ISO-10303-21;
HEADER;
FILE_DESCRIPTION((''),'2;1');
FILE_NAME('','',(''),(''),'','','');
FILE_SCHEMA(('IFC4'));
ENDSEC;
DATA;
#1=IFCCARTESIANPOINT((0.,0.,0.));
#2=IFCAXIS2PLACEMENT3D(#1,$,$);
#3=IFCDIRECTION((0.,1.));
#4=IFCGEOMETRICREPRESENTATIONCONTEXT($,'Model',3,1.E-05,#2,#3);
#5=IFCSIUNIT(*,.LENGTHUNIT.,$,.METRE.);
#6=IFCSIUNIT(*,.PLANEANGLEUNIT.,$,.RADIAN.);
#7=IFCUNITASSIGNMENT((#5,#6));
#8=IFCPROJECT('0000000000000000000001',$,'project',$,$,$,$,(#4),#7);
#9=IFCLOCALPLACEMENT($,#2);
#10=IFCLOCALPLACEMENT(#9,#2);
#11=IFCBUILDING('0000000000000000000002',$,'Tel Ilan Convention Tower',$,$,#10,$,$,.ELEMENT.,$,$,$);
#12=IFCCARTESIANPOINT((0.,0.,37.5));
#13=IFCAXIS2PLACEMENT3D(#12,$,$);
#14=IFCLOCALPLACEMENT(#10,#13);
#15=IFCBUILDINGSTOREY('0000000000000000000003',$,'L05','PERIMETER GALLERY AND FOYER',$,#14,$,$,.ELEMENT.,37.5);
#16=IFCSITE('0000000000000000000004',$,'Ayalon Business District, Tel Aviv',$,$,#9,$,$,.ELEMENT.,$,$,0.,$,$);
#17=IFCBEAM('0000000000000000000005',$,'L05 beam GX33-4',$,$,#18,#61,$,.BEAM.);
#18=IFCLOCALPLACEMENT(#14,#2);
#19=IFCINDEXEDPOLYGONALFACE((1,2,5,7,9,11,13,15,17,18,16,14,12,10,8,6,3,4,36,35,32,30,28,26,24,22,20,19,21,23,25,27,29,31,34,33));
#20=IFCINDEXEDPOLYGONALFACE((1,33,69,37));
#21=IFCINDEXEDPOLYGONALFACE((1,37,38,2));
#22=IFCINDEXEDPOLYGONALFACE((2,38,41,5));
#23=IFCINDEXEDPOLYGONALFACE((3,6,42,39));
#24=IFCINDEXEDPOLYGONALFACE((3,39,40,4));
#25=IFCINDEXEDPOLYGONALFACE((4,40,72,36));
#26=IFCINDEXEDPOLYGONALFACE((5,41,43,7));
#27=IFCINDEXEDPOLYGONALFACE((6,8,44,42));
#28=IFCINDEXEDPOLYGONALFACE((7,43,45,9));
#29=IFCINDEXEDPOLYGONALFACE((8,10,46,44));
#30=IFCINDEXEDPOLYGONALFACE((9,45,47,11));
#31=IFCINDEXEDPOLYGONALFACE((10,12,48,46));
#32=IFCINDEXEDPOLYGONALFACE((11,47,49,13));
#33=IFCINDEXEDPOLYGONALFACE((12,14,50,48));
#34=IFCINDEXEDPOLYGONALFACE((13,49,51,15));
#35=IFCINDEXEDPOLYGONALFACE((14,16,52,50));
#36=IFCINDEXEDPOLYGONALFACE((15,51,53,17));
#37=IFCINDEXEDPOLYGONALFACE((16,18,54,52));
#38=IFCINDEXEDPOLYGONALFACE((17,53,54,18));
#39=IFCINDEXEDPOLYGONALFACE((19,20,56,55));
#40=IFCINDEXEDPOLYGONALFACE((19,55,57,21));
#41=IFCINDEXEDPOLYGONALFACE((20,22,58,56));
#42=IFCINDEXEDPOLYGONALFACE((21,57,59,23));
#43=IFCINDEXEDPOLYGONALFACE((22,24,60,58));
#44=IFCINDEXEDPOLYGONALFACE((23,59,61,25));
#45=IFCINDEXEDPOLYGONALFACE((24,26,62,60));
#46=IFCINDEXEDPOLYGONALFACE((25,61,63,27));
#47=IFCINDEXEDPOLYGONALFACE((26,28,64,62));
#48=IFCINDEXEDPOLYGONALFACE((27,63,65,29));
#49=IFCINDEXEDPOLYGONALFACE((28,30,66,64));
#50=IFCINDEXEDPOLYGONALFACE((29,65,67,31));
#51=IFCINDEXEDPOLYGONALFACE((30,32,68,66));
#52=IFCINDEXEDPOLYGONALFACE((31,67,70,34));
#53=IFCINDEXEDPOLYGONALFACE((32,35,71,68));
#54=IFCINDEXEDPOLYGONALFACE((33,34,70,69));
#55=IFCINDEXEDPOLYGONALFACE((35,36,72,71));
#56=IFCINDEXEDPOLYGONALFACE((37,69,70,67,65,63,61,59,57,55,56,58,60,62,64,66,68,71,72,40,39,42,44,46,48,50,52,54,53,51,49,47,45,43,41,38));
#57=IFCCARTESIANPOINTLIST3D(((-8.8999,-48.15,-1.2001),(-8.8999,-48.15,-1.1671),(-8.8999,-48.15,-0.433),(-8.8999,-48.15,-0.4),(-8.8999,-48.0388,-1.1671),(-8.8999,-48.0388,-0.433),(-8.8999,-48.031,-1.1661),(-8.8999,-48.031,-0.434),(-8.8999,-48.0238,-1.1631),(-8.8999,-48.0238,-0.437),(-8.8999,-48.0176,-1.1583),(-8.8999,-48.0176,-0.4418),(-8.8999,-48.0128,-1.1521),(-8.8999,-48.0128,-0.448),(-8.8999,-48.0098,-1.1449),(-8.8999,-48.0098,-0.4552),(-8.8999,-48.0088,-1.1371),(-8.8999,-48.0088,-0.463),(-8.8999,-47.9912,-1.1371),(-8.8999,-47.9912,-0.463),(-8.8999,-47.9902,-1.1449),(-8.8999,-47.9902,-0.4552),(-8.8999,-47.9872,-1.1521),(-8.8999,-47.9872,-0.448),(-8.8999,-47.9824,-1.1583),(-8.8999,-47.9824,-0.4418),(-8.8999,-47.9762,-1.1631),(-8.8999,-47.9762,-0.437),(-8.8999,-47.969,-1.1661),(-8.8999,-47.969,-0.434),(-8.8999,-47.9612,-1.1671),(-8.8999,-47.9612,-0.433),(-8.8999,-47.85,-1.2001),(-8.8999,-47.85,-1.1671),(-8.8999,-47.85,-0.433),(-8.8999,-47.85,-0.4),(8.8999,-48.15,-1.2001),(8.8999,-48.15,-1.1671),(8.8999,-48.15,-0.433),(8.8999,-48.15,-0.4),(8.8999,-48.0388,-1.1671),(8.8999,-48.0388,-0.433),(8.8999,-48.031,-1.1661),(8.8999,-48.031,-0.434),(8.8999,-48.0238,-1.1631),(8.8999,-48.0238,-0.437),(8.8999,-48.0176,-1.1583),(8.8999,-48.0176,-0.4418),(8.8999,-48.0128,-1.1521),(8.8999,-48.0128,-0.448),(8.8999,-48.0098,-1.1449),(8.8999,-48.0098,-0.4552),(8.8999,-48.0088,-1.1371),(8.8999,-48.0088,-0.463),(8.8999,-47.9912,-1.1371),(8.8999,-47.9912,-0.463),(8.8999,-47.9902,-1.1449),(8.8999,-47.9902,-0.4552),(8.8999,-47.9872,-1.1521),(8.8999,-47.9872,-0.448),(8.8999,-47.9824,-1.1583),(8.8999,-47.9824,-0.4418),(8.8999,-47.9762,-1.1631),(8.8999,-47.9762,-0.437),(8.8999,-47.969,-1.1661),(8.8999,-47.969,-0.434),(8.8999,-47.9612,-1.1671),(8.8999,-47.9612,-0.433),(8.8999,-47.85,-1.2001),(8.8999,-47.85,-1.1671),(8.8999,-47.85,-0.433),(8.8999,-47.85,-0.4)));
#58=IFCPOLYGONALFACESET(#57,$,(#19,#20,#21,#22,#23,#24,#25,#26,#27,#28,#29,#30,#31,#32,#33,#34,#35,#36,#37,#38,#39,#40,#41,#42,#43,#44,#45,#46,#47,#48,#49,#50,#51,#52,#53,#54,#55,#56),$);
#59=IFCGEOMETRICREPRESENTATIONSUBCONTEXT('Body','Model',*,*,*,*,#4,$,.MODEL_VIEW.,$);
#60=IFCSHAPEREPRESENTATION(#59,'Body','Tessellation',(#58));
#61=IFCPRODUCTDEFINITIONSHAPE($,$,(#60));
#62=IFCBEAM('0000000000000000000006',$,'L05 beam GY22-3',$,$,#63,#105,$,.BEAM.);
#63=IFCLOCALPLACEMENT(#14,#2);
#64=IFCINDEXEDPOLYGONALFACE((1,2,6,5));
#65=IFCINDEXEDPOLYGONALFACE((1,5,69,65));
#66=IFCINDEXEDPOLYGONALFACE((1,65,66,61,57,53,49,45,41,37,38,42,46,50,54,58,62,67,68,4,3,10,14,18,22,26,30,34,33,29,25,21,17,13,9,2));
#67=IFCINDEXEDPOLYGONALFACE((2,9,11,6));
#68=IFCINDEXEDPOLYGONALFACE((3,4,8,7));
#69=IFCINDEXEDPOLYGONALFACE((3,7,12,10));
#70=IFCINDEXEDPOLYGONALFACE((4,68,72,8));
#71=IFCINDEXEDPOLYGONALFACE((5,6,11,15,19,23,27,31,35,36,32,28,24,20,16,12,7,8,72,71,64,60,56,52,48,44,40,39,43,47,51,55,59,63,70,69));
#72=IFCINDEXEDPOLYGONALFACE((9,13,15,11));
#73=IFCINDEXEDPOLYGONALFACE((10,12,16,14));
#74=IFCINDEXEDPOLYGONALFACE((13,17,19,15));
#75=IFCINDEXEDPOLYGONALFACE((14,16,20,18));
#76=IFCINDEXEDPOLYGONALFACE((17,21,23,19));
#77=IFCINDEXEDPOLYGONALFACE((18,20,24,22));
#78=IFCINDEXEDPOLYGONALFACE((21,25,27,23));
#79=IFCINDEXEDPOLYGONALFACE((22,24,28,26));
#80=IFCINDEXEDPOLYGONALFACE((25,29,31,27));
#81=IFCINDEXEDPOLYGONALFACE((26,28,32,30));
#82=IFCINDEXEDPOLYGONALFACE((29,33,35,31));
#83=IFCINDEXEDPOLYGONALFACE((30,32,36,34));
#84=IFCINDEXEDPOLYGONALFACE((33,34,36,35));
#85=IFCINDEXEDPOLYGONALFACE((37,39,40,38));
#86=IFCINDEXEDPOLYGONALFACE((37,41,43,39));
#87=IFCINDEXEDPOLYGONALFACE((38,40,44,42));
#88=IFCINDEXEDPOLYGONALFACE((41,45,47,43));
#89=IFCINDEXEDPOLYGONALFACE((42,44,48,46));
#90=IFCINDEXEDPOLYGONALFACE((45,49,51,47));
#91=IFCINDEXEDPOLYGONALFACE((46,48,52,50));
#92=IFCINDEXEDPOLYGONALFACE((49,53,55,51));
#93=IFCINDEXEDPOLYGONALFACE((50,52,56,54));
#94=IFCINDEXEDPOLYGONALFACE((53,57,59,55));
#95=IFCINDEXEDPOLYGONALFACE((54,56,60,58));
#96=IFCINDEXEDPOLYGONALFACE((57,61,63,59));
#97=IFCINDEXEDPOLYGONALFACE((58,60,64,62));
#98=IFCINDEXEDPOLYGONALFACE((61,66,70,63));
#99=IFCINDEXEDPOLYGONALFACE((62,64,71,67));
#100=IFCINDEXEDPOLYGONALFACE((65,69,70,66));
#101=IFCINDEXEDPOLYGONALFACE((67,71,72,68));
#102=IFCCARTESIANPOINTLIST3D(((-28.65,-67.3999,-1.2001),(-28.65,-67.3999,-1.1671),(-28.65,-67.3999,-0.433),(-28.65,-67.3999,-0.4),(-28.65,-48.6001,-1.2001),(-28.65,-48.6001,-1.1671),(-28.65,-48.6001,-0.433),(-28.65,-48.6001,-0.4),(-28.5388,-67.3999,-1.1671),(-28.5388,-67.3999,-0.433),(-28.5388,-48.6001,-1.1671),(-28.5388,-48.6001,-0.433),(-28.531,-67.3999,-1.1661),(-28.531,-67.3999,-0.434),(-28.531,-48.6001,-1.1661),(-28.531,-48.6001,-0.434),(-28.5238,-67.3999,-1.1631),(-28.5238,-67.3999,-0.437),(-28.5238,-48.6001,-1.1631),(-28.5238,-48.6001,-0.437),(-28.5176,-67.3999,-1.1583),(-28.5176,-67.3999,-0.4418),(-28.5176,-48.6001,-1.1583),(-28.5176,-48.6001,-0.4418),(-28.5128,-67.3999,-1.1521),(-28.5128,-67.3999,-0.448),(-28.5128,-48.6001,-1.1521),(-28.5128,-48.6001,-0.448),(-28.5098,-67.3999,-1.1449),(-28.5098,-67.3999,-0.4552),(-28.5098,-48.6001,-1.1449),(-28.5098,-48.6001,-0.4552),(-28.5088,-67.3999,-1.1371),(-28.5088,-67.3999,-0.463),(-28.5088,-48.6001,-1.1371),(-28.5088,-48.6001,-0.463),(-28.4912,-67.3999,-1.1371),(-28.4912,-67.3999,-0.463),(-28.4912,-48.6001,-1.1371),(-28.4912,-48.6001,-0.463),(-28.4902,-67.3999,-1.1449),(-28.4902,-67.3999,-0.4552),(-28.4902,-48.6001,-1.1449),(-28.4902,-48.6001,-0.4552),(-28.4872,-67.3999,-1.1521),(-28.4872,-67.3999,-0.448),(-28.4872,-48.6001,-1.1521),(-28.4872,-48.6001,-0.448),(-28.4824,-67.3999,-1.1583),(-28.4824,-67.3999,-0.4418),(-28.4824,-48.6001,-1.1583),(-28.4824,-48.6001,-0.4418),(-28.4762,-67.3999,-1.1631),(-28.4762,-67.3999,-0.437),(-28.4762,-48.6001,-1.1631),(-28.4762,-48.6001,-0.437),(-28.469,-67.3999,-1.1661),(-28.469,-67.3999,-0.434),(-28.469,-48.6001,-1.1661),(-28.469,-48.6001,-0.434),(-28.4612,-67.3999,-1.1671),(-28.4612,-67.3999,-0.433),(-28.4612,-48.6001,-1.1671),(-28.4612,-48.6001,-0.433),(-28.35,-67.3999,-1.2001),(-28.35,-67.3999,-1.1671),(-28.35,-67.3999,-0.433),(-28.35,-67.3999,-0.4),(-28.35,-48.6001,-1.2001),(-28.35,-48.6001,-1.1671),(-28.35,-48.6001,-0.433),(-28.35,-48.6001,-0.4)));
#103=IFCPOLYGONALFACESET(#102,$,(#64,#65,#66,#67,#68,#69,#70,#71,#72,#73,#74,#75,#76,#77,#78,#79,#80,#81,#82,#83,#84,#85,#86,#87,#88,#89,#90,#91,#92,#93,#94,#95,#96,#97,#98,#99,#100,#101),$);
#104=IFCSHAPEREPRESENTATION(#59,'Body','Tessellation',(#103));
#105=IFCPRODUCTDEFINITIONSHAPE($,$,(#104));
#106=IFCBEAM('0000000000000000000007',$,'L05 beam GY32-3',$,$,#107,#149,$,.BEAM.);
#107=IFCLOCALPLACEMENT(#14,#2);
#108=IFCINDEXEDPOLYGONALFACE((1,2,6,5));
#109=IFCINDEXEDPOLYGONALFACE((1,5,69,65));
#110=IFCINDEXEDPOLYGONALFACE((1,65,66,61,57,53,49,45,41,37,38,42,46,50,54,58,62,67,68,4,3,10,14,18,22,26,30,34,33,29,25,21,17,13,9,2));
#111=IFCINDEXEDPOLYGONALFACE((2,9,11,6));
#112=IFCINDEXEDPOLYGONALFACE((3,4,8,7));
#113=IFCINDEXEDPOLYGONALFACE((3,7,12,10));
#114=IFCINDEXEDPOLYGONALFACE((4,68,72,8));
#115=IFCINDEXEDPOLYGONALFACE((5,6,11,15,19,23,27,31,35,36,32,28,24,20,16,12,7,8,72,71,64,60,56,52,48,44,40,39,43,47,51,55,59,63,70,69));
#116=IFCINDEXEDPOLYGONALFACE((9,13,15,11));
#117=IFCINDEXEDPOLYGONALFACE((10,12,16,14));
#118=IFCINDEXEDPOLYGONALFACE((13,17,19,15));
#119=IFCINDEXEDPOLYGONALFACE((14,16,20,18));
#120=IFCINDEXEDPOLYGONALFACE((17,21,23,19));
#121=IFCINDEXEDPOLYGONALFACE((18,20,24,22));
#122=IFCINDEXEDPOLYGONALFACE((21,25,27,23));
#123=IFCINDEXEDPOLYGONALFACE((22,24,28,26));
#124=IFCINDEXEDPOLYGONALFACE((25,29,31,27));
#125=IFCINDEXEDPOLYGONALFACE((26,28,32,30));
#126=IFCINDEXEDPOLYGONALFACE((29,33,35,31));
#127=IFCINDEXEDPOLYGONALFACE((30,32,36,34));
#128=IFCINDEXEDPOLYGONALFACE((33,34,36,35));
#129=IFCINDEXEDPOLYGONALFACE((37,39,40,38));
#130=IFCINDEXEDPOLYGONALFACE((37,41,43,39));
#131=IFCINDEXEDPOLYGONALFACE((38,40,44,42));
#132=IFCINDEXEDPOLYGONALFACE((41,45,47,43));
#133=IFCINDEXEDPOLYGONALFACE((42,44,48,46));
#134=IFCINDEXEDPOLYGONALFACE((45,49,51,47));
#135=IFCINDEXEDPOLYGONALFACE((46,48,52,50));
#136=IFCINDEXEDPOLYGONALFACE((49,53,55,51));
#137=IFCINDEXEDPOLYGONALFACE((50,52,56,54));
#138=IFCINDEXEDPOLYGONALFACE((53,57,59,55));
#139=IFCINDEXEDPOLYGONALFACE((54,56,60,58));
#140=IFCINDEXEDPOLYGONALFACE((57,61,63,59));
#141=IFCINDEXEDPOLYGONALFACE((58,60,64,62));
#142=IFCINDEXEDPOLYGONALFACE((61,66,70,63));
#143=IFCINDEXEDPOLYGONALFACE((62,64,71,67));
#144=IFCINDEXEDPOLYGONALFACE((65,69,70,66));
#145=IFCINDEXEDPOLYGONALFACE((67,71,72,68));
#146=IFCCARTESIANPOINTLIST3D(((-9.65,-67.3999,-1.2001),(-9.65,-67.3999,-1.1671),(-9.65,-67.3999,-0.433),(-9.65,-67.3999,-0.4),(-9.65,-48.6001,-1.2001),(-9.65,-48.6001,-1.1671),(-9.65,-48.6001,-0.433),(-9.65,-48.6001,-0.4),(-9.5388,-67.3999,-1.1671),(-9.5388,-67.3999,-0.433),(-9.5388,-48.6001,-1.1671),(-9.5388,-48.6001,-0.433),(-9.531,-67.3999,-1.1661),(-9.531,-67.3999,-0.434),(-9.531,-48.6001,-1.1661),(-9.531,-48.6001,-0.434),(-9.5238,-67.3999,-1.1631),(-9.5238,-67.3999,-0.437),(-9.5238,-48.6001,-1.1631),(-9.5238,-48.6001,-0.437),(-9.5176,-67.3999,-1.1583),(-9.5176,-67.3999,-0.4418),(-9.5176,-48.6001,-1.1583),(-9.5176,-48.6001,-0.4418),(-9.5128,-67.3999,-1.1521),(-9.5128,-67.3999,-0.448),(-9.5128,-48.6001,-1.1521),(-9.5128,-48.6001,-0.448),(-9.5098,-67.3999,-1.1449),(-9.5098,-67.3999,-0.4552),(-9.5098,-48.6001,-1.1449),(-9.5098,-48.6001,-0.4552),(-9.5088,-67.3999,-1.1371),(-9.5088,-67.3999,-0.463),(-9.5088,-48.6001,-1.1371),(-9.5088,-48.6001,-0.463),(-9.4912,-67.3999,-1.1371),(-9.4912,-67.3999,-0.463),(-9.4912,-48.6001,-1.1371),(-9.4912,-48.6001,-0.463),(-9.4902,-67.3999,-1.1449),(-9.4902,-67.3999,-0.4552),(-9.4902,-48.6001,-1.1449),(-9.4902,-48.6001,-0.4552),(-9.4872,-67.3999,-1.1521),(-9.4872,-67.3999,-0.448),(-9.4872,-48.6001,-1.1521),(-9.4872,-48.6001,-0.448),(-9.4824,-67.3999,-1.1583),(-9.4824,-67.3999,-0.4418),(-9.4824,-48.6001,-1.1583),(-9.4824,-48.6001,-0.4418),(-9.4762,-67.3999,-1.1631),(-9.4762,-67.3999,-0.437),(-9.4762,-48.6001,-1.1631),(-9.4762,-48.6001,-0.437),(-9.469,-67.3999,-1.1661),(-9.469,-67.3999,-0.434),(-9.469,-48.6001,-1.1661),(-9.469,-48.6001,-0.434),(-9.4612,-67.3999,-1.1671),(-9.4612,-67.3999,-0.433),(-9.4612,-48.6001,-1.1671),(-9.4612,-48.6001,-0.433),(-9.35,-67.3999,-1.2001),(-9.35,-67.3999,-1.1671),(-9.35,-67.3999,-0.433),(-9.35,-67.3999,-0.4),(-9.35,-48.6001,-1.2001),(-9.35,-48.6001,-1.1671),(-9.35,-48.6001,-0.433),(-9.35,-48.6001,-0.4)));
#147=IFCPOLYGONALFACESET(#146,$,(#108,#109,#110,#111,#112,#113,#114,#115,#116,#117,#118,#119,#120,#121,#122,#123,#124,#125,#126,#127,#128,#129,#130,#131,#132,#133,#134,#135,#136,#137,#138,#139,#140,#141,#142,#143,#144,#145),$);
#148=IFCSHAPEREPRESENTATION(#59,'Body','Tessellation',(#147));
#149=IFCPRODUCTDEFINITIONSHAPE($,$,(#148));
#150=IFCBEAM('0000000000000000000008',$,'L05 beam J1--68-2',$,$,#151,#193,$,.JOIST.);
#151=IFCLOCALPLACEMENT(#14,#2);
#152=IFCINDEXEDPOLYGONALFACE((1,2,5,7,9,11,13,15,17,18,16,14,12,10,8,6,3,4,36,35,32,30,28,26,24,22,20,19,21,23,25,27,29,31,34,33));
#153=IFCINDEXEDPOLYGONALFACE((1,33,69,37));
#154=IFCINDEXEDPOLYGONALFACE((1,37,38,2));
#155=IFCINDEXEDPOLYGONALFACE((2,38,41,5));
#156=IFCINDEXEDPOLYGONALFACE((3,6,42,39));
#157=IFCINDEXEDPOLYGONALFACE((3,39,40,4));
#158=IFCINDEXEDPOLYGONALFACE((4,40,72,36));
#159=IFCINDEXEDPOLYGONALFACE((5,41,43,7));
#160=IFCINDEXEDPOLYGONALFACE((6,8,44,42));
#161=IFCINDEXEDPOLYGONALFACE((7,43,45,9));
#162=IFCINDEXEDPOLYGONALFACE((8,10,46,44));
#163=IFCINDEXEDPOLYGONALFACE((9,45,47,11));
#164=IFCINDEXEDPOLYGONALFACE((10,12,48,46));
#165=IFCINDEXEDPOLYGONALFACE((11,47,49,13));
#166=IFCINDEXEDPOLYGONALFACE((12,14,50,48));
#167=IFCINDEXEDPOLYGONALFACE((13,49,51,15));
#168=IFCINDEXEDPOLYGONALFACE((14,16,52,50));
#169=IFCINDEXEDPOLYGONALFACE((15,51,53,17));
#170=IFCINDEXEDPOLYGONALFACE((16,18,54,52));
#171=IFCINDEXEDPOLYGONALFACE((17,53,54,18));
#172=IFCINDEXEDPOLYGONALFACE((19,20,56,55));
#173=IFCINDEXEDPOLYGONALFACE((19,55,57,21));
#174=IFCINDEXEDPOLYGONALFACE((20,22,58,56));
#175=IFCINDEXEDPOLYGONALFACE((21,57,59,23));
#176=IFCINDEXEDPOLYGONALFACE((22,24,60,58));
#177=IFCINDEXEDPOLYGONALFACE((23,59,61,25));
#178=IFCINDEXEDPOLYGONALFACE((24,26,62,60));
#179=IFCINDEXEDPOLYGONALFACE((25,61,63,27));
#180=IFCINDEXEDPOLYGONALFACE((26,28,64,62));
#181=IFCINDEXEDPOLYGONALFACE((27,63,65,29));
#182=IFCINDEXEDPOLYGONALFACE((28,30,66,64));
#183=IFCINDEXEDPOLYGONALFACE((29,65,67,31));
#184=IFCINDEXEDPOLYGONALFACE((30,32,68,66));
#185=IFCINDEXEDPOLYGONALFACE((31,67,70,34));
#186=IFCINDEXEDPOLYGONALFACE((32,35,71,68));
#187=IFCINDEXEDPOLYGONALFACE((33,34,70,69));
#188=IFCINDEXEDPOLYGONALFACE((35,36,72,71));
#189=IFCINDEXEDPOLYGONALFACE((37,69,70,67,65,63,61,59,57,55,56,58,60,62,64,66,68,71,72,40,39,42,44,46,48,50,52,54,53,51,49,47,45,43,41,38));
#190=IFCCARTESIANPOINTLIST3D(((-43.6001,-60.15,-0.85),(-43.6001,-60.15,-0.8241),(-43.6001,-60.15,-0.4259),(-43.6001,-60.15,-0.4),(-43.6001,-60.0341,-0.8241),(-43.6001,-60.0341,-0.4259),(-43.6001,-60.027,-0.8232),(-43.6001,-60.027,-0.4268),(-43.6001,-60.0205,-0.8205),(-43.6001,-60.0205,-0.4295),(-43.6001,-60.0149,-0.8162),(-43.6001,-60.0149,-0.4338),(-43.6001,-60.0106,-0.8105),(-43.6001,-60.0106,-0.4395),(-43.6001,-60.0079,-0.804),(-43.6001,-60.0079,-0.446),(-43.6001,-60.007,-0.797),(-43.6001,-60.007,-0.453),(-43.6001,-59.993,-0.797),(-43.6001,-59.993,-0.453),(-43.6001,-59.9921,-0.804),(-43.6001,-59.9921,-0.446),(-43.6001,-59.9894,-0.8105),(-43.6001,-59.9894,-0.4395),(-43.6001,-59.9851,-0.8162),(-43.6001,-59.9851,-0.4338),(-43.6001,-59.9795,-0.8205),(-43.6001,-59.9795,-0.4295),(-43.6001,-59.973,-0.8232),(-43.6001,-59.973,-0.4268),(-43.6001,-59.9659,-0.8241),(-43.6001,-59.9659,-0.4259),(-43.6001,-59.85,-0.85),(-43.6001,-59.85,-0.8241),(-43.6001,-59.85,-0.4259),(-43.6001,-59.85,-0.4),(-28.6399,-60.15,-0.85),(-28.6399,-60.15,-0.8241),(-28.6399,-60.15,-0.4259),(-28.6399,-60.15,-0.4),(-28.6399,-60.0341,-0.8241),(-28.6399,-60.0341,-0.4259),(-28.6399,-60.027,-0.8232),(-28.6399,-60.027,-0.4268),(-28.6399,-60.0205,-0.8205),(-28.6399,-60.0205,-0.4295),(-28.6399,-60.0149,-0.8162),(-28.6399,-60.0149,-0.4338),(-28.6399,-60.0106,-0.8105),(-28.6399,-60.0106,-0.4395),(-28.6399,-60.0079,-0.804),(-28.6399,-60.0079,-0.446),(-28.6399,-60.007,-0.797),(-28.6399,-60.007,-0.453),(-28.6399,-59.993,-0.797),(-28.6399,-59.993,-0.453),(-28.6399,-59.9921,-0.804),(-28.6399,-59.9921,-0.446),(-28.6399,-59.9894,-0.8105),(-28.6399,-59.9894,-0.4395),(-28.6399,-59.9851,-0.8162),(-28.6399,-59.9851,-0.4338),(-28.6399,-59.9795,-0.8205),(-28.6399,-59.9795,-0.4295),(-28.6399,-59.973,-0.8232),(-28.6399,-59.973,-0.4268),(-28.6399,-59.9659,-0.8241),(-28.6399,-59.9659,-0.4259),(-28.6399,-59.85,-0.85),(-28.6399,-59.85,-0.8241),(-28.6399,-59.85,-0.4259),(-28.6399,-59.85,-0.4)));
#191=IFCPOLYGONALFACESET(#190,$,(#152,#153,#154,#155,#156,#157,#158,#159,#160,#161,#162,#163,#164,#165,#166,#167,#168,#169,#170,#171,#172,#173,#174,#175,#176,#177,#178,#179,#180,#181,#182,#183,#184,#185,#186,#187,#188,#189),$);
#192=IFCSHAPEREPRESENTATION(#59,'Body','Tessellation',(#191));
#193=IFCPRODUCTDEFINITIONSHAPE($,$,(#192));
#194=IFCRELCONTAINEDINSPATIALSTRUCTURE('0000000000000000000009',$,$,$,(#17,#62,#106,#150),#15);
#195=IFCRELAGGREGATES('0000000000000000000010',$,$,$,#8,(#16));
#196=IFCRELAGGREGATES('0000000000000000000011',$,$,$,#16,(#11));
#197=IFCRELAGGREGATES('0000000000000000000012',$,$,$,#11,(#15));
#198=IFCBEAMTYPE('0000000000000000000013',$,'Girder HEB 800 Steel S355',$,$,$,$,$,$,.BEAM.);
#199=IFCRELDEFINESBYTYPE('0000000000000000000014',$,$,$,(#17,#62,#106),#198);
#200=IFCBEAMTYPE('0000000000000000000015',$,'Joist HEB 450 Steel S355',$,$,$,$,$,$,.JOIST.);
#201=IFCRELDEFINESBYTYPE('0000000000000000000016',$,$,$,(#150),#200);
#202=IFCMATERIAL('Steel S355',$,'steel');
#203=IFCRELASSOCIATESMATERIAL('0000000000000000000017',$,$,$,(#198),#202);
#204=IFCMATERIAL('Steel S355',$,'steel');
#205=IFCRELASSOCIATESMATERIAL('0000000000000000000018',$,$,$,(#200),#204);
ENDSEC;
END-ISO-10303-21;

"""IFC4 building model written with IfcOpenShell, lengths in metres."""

from ifc_helpers import new_model, si_unit, direction, frame, origin, origin_2d, place, context, subcontext, project, spatial, i_section, extrude, material, material_profile, profile_set, type_object, element, save


model = new_model("IFC4")

# Units and contexts
model_context = context("Model", 3, precision=1e-05, world=origin(), true_north=direction((0.0, 1.0)))
body_context = subcontext(model_context, "Body", "Model", "MODEL_VIEW")
ifc_project = project(units=[si_unit("LENGTHUNIT", "METRE"), si_unit("PLANEANGLEUNIT", "RADIAN")], contexts=[model_context])

# Site, building, storey
site_placement = place(None, origin())
site = spatial("IfcSite", under=ifc_project, at=site_placement, Name="Ayalon Business District, Tel Aviv", CompositionType="ELEMENT", RefElevation=0.0)
building_placement = place(site_placement, origin())
building = spatial("IfcBuilding", under=site, at=building_placement, Name="Tel Ilan Convention Tower", CompositionType="ELEMENT")
storey_placement = place(building_placement, frame((0.0, 0.0, 37.5)))
storey = spatial("IfcBuildingStorey", under=building, at=storey_placement, Name="L05", Description="PERIMETER GALLERY AND FOYER", CompositionType="ELEMENT", Elevation=37.5)

# Beams
ifc_material_1 = material(Name="Steel S355", Category="steel")
ifc_material_profile_1 = material_profile(ifc_material_1, i_section(OverallWidth=0.3, OverallDepth=0.8, WebThickness=0.0176, FlangeThickness=0.033, FilletRadius=0.03, at=origin_2d()), Name="HEB 800")
ifc_profile_set_1 = profile_set([ifc_material_profile_1], Name="Steel S355")
beam_type_1 = type_object("IfcBeamType", Name="Girder HEB 800 Steel S355", PredefinedType="BEAM", material=ifc_profile_set_1)
for number, where, z_axis, x_axis, name in (
    (1, (-8.8999, -48.0, -0.8), (1.0, 0.0, 0.0), (0.0, 1.0, 0.0), "L05 beam GX33-4"),
):
    element("IfcBeam", number, at=place(storey_placement, frame(where, z_axis=z_axis, x_axis=x_axis)), inside=storey, type_object=beam_type_1, Name=name, PredefinedType="BEAM", context=body_context, shape_type="SweptSolid", body=[
        extrude(i_section(OverallWidth=0.3, OverallDepth=0.8, WebThickness=0.0176, FlangeThickness=0.033, FilletRadius=0.03, at=origin_2d()), origin(), (0.0, 0.0, 1.0), 17.7998),
    ])
for number, where, z_axis, x_axis, name in (
    (2, (-28.5, -67.3999, -0.8), (0.0, 1.0, 0.0), (-1.0, 0.0, 0.0), "L05 beam GY22-3"),
    (3, (-9.5, -67.3999, -0.8), (0.0, 1.0, 0.0), (-1.0, 0.0, 0.0), "L05 beam GY32-3"),
):
    element("IfcBeam", number, at=place(storey_placement, frame(where, z_axis=z_axis, x_axis=x_axis)), inside=storey, type_object=beam_type_1, Name=name, PredefinedType="BEAM", context=body_context, shape_type="SweptSolid", body=[
        extrude(i_section(OverallWidth=0.3, OverallDepth=0.8, WebThickness=0.0176, FlangeThickness=0.033, FilletRadius=0.03, at=origin_2d()), origin(), (0.0, 0.0, 1.0), 18.7998),
    ])
ifc_material_2 = material(Name="Steel S355", Category="steel")
ifc_material_profile_2 = material_profile(ifc_material_2, i_section(OverallWidth=0.3, OverallDepth=0.45, WebThickness=0.0139, FlangeThickness=0.0259, FilletRadius=0.0271, at=origin_2d()), Name="HEB 450")
ifc_profile_set_2 = profile_set([ifc_material_profile_2], Name="Steel S355")
beam_type_2 = type_object("IfcBeamType", Name="Joist HEB 450 Steel S355", PredefinedType="JOIST", material=ifc_profile_set_2)
for number, where, z_axis, x_axis, name in (
    (4, (-43.6001, -60.0, -0.625), (1.0, 0.0, 0.0), (0.0, 1.0, 0.0), "L05 beam J1--68-2"),
):
    element("IfcBeam", number, at=place(storey_placement, frame(where, z_axis=z_axis, x_axis=x_axis)), inside=storey, type_object=beam_type_2, Name=name, PredefinedType="JOIST", context=body_context, shape_type="SweptSolid", body=[
        extrude(i_section(OverallWidth=0.3, OverallDepth=0.45, WebThickness=0.0139, FlangeThickness=0.0259, FilletRadius=0.0271, at=origin_2d()), origin(), (0.0, 0.0, 1.0), 14.9602),
    ])

save(model, "model.ifc")
